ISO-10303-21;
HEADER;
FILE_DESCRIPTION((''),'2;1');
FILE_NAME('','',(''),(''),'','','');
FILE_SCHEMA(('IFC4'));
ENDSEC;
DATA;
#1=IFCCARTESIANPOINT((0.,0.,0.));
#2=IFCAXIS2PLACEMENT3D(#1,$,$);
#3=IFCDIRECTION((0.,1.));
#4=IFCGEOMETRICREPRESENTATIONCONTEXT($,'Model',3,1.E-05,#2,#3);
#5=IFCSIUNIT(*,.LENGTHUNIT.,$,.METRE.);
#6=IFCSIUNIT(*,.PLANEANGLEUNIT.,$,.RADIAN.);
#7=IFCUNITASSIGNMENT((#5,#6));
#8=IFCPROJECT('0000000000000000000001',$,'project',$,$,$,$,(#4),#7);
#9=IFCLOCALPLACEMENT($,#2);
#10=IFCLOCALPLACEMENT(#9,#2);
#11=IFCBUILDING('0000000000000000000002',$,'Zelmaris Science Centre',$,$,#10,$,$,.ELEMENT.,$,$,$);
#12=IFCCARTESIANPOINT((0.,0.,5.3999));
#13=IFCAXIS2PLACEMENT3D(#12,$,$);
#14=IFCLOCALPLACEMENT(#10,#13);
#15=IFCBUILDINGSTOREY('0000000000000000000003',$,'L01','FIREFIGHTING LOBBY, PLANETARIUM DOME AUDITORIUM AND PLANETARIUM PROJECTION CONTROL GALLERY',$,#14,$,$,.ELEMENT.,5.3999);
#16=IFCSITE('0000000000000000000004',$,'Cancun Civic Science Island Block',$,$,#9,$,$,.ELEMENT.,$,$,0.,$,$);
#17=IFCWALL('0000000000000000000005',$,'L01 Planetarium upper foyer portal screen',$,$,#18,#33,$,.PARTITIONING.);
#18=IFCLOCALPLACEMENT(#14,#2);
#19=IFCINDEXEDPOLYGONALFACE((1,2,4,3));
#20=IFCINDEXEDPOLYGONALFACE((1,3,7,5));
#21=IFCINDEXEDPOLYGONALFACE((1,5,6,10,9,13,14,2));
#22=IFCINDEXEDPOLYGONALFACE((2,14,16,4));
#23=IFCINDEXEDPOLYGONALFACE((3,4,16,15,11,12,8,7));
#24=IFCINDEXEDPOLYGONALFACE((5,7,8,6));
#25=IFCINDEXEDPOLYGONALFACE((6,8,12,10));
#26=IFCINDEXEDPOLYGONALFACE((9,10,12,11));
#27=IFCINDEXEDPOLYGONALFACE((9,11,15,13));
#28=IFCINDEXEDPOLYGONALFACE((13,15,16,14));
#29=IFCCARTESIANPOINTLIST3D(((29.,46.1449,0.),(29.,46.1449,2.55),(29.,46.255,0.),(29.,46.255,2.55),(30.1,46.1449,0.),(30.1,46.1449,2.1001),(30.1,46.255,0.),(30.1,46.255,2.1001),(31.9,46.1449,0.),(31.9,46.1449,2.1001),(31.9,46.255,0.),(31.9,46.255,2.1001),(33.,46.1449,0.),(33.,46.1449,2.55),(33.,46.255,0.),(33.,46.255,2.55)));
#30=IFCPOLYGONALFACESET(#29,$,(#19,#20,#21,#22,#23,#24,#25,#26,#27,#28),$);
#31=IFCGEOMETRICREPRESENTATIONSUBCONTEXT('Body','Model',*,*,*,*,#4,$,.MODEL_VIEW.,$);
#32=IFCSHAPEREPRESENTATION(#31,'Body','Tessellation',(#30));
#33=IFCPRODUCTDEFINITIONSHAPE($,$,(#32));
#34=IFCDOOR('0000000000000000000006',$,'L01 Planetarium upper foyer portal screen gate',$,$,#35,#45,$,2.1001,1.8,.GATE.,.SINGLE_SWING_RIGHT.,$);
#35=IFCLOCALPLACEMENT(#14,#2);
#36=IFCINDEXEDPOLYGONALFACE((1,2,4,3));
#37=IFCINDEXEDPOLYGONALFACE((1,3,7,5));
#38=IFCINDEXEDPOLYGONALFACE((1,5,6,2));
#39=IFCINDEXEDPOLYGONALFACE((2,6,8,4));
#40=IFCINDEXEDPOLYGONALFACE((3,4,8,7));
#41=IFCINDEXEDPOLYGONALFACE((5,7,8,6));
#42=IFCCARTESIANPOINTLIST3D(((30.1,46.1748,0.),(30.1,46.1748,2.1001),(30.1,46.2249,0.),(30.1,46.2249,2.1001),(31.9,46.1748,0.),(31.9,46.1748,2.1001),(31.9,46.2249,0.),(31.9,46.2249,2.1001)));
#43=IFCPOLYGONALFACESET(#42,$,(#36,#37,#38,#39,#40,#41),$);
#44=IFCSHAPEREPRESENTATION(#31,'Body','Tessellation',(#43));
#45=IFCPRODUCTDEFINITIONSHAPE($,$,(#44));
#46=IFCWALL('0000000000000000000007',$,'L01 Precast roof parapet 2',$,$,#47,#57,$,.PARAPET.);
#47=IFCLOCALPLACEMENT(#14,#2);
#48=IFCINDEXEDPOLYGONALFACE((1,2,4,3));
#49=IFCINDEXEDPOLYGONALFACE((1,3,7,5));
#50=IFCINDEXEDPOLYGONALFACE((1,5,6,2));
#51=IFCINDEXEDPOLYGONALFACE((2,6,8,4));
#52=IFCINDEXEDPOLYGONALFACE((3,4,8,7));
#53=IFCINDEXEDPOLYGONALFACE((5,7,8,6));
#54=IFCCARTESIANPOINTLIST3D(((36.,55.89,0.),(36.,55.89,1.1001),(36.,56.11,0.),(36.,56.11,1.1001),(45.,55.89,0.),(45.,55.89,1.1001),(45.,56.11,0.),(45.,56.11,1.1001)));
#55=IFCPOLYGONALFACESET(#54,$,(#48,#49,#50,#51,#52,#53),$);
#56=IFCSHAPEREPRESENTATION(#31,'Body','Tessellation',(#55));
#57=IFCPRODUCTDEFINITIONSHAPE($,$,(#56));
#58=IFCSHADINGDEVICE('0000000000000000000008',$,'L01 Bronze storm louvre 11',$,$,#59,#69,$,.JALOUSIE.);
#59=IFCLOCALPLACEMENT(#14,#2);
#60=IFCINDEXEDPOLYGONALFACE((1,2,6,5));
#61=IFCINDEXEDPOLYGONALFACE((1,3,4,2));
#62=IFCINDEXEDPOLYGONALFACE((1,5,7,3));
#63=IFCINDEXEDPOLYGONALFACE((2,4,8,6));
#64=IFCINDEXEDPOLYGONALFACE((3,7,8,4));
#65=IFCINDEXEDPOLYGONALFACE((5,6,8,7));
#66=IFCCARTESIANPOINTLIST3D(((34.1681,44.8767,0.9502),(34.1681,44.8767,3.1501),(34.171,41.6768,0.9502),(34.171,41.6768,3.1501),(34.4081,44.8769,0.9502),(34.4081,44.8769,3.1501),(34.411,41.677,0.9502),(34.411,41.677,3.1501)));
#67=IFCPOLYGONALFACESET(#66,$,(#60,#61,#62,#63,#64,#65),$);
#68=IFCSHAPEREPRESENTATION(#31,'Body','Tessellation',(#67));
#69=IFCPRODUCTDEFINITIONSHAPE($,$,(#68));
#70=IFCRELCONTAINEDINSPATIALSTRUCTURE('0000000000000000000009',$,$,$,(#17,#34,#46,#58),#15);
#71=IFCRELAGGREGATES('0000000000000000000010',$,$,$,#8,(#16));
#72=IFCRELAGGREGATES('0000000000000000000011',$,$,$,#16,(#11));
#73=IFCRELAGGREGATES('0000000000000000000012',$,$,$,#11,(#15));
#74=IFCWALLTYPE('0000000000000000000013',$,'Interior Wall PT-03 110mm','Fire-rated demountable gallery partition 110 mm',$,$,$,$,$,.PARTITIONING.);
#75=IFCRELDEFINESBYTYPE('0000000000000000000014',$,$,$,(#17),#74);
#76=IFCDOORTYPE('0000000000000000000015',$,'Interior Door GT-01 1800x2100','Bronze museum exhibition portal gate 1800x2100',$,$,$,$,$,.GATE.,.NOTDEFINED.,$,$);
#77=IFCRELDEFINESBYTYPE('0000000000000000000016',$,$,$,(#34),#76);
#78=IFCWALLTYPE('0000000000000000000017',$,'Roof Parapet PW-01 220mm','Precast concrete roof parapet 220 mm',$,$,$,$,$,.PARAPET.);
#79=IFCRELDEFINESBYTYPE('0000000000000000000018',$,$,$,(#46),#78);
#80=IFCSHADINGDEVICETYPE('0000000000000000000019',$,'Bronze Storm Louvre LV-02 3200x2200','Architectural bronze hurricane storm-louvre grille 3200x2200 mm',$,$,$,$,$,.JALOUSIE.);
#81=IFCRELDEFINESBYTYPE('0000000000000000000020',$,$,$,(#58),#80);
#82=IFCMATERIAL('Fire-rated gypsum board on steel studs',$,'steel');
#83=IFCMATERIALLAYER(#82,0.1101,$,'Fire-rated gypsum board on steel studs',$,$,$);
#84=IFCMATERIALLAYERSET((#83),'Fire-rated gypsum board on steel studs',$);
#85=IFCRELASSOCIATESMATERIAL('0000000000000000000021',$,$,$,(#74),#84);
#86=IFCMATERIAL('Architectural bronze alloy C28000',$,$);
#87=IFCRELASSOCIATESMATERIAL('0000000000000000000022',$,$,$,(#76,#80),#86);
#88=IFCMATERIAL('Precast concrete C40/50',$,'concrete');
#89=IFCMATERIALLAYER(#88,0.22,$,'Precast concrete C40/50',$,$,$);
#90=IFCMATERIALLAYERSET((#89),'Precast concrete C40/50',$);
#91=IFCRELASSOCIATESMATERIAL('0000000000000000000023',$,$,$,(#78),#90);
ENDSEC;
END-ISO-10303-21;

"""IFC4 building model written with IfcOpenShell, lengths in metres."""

from ifc_helpers import new_model, si_unit, direction, frame, frame_2d, origin, place, context, subcontext, project, spatial, rectangle, extrude, material, layer, layer_set, type_object, element, fill, save


model = new_model("IFC4")

# Units and contexts
model_context = context("Model", 3, precision=1e-05, world=origin(), true_north=direction((0.0, 1.0)))
body_context = subcontext(model_context, "Body", "Model", "MODEL_VIEW")
ifc_project = project(units=[si_unit("LENGTHUNIT", "METRE"), si_unit("PLANEANGLEUNIT", "RADIAN")], contexts=[model_context])

# Site, building, storey
site_placement = place(None, origin())
site = spatial("IfcSite", under=ifc_project, at=site_placement, Name="Cancun Civic Science Island Block", CompositionType="ELEMENT", RefElevation=0.0)
building_placement = place(site_placement, origin())
building = spatial("IfcBuilding", under=site, at=building_placement, Name="Zelmaris Science Centre", CompositionType="ELEMENT")
storey_placement = place(building_placement, frame((0.0, 0.0, 5.3999)))
storey = spatial("IfcBuildingStorey", under=building, at=storey_placement, Name="L01", Description="FIREFIGHTING LOBBY, PLANETARIUM DOME AUDITORIUM AND PLANETARIUM PROJECTION CONTROL GALLERY", CompositionType="ELEMENT", Elevation=5.3999)

# Shared definitions
ifc_material_1 = material(Name="Precast concrete C40/50", Category="concrete")

# Wall, opening, door
ifc_material_2 = material(Name="Fire-rated gypsum board on steel studs", Category="steel")
ifc_layer_1 = layer(ifc_material_2, 0.1101, Name="Fire-rated gypsum board on steel studs")
ifc_layer_set_1 = layer_set([ifc_layer_1], Name="Fire-rated gypsum board on steel studs")
wall_type_1 = type_object("IfcWallType", Name="Interior Wall PT-03 110mm", Description="Fire-rated demountable gallery partition 110 mm", PredefinedType="PARTITIONING", material=ifc_layer_set_1)
wall_1_placement = place(storey_placement, frame((29.0, 46.2, 0.0), z_axis=(0.0, 0.0, 1.0), x_axis=(1.0, 0.0, 0.0)))
wall_1 = element("IfcWall", 1, at=wall_1_placement, inside=storey, type_object=wall_type_1, Name="L01 Planetarium upper foyer portal screen", PredefinedType="PARTITIONING", context=body_context, shape_type="SweptSolid", body=[
    extrude(rectangle(XDim=4.0, YDim=0.1101, at=frame_2d((2.0, 0.0))), origin(), (0.0, 0.0, 1.0), 2.55),
])
opening_placement = place(wall_1_placement, frame((1.1001, 0.0, 0.0)))
opening = element("IfcOpeningElement", 2, at=opening_placement, cuts=wall_1, PredefinedType="OPENING", context=body_context, shape_type="SweptSolid", body=[
    extrude(rectangle(XDim=1.8, YDim=2.1001, at=frame_2d((0.8999, 1.05))), frame((0.0, 0.0649, 0.0), z_axis=(0.0, -1.0, 0.0), x_axis=(1.0, 0.0, 0.0)), (0.0, 0.0, 1.0), 0.1301),
])
ifc_material_3 = material(Name="Architectural bronze alloy C28000")
door_type = type_object("IfcDoorType", Name="Interior Door GT-01 1800x2100", Description="Bronze museum exhibition portal gate 1800x2100", OperationType="NOTDEFINED", PredefinedType="GATE", material=ifc_material_3)
door_placement = place(opening_placement, origin())
door = element("IfcDoor", 3, at=door_placement, inside=storey, type_object=door_type, Name="L01 Planetarium upper foyer portal screen gate", OperationType="SINGLE_SWING_RIGHT", OverallHeight=2.1001, OverallWidth=1.8, PredefinedType="GATE", context=body_context, shape_type="SweptSolid", body=[
    extrude(rectangle(XDim=1.8, YDim=2.1001, at=frame_2d((0.8999, 1.05))), frame((0.0, 0.0249, 0.0), z_axis=(0.0, -1.0, 0.0), x_axis=(1.0, 0.0, 0.0)), (0.0, 0.0, 1.0), 0.05),
])
fill(opening, door)

# Wall
ifc_layer_2 = layer(ifc_material_1, 0.22, Name="Precast concrete C40/50")
ifc_layer_set_2 = layer_set([ifc_layer_2], Name="Precast concrete C40/50")
wall_type_2 = type_object("IfcWallType", Name="Roof Parapet PW-01 220mm", Description="Precast concrete roof parapet 220 mm", PredefinedType="PARAPET", material=ifc_layer_set_2)
wall_2_placement = place(storey_placement, frame((36.0, 56.0, 0.0), z_axis=(0.0, 0.0, 1.0), x_axis=(1.0, 0.0, 0.0)))
element("IfcWall", 4, at=wall_2_placement, inside=storey, type_object=wall_type_2, Name="L01 Precast roof parapet 2", PredefinedType="PARAPET", context=body_context, shape_type="SweptSolid", body=[
    extrude(rectangle(XDim=9.0, YDim=0.22, at=frame_2d((4.5, 0.0))), origin(), (0.0, 0.0, 1.0), 1.1001),
])

# Shading device
shading_device_type = type_object("IfcShadingDeviceType", Name="Bronze Storm Louvre LV-02 3200x2200", Description="Architectural bronze hurricane storm-louvre grille 3200x2200 mm", PredefinedType="JALOUSIE", material=ifc_material_3)
shading_device_placement = place(storey_placement, frame((34.2881, 44.877, 0.9502), z_axis=(0.0, 0.0, 1.0), x_axis=(0.000916, -1.0, 0.0)))
element("IfcShadingDevice", 5, at=shading_device_placement, inside=storey, type_object=shading_device_type, Name="L01 Bronze storm louvre 11", PredefinedType="JALOUSIE", context=body_context, shape_type="SweptSolid", body=[
    extrude(rectangle(XDim=3.2, YDim=0.24, at=frame_2d((1.6001, 0.0))), origin(), (0.0, 0.0, 1.0), 2.2),
])

save(model, "model.ifc")
